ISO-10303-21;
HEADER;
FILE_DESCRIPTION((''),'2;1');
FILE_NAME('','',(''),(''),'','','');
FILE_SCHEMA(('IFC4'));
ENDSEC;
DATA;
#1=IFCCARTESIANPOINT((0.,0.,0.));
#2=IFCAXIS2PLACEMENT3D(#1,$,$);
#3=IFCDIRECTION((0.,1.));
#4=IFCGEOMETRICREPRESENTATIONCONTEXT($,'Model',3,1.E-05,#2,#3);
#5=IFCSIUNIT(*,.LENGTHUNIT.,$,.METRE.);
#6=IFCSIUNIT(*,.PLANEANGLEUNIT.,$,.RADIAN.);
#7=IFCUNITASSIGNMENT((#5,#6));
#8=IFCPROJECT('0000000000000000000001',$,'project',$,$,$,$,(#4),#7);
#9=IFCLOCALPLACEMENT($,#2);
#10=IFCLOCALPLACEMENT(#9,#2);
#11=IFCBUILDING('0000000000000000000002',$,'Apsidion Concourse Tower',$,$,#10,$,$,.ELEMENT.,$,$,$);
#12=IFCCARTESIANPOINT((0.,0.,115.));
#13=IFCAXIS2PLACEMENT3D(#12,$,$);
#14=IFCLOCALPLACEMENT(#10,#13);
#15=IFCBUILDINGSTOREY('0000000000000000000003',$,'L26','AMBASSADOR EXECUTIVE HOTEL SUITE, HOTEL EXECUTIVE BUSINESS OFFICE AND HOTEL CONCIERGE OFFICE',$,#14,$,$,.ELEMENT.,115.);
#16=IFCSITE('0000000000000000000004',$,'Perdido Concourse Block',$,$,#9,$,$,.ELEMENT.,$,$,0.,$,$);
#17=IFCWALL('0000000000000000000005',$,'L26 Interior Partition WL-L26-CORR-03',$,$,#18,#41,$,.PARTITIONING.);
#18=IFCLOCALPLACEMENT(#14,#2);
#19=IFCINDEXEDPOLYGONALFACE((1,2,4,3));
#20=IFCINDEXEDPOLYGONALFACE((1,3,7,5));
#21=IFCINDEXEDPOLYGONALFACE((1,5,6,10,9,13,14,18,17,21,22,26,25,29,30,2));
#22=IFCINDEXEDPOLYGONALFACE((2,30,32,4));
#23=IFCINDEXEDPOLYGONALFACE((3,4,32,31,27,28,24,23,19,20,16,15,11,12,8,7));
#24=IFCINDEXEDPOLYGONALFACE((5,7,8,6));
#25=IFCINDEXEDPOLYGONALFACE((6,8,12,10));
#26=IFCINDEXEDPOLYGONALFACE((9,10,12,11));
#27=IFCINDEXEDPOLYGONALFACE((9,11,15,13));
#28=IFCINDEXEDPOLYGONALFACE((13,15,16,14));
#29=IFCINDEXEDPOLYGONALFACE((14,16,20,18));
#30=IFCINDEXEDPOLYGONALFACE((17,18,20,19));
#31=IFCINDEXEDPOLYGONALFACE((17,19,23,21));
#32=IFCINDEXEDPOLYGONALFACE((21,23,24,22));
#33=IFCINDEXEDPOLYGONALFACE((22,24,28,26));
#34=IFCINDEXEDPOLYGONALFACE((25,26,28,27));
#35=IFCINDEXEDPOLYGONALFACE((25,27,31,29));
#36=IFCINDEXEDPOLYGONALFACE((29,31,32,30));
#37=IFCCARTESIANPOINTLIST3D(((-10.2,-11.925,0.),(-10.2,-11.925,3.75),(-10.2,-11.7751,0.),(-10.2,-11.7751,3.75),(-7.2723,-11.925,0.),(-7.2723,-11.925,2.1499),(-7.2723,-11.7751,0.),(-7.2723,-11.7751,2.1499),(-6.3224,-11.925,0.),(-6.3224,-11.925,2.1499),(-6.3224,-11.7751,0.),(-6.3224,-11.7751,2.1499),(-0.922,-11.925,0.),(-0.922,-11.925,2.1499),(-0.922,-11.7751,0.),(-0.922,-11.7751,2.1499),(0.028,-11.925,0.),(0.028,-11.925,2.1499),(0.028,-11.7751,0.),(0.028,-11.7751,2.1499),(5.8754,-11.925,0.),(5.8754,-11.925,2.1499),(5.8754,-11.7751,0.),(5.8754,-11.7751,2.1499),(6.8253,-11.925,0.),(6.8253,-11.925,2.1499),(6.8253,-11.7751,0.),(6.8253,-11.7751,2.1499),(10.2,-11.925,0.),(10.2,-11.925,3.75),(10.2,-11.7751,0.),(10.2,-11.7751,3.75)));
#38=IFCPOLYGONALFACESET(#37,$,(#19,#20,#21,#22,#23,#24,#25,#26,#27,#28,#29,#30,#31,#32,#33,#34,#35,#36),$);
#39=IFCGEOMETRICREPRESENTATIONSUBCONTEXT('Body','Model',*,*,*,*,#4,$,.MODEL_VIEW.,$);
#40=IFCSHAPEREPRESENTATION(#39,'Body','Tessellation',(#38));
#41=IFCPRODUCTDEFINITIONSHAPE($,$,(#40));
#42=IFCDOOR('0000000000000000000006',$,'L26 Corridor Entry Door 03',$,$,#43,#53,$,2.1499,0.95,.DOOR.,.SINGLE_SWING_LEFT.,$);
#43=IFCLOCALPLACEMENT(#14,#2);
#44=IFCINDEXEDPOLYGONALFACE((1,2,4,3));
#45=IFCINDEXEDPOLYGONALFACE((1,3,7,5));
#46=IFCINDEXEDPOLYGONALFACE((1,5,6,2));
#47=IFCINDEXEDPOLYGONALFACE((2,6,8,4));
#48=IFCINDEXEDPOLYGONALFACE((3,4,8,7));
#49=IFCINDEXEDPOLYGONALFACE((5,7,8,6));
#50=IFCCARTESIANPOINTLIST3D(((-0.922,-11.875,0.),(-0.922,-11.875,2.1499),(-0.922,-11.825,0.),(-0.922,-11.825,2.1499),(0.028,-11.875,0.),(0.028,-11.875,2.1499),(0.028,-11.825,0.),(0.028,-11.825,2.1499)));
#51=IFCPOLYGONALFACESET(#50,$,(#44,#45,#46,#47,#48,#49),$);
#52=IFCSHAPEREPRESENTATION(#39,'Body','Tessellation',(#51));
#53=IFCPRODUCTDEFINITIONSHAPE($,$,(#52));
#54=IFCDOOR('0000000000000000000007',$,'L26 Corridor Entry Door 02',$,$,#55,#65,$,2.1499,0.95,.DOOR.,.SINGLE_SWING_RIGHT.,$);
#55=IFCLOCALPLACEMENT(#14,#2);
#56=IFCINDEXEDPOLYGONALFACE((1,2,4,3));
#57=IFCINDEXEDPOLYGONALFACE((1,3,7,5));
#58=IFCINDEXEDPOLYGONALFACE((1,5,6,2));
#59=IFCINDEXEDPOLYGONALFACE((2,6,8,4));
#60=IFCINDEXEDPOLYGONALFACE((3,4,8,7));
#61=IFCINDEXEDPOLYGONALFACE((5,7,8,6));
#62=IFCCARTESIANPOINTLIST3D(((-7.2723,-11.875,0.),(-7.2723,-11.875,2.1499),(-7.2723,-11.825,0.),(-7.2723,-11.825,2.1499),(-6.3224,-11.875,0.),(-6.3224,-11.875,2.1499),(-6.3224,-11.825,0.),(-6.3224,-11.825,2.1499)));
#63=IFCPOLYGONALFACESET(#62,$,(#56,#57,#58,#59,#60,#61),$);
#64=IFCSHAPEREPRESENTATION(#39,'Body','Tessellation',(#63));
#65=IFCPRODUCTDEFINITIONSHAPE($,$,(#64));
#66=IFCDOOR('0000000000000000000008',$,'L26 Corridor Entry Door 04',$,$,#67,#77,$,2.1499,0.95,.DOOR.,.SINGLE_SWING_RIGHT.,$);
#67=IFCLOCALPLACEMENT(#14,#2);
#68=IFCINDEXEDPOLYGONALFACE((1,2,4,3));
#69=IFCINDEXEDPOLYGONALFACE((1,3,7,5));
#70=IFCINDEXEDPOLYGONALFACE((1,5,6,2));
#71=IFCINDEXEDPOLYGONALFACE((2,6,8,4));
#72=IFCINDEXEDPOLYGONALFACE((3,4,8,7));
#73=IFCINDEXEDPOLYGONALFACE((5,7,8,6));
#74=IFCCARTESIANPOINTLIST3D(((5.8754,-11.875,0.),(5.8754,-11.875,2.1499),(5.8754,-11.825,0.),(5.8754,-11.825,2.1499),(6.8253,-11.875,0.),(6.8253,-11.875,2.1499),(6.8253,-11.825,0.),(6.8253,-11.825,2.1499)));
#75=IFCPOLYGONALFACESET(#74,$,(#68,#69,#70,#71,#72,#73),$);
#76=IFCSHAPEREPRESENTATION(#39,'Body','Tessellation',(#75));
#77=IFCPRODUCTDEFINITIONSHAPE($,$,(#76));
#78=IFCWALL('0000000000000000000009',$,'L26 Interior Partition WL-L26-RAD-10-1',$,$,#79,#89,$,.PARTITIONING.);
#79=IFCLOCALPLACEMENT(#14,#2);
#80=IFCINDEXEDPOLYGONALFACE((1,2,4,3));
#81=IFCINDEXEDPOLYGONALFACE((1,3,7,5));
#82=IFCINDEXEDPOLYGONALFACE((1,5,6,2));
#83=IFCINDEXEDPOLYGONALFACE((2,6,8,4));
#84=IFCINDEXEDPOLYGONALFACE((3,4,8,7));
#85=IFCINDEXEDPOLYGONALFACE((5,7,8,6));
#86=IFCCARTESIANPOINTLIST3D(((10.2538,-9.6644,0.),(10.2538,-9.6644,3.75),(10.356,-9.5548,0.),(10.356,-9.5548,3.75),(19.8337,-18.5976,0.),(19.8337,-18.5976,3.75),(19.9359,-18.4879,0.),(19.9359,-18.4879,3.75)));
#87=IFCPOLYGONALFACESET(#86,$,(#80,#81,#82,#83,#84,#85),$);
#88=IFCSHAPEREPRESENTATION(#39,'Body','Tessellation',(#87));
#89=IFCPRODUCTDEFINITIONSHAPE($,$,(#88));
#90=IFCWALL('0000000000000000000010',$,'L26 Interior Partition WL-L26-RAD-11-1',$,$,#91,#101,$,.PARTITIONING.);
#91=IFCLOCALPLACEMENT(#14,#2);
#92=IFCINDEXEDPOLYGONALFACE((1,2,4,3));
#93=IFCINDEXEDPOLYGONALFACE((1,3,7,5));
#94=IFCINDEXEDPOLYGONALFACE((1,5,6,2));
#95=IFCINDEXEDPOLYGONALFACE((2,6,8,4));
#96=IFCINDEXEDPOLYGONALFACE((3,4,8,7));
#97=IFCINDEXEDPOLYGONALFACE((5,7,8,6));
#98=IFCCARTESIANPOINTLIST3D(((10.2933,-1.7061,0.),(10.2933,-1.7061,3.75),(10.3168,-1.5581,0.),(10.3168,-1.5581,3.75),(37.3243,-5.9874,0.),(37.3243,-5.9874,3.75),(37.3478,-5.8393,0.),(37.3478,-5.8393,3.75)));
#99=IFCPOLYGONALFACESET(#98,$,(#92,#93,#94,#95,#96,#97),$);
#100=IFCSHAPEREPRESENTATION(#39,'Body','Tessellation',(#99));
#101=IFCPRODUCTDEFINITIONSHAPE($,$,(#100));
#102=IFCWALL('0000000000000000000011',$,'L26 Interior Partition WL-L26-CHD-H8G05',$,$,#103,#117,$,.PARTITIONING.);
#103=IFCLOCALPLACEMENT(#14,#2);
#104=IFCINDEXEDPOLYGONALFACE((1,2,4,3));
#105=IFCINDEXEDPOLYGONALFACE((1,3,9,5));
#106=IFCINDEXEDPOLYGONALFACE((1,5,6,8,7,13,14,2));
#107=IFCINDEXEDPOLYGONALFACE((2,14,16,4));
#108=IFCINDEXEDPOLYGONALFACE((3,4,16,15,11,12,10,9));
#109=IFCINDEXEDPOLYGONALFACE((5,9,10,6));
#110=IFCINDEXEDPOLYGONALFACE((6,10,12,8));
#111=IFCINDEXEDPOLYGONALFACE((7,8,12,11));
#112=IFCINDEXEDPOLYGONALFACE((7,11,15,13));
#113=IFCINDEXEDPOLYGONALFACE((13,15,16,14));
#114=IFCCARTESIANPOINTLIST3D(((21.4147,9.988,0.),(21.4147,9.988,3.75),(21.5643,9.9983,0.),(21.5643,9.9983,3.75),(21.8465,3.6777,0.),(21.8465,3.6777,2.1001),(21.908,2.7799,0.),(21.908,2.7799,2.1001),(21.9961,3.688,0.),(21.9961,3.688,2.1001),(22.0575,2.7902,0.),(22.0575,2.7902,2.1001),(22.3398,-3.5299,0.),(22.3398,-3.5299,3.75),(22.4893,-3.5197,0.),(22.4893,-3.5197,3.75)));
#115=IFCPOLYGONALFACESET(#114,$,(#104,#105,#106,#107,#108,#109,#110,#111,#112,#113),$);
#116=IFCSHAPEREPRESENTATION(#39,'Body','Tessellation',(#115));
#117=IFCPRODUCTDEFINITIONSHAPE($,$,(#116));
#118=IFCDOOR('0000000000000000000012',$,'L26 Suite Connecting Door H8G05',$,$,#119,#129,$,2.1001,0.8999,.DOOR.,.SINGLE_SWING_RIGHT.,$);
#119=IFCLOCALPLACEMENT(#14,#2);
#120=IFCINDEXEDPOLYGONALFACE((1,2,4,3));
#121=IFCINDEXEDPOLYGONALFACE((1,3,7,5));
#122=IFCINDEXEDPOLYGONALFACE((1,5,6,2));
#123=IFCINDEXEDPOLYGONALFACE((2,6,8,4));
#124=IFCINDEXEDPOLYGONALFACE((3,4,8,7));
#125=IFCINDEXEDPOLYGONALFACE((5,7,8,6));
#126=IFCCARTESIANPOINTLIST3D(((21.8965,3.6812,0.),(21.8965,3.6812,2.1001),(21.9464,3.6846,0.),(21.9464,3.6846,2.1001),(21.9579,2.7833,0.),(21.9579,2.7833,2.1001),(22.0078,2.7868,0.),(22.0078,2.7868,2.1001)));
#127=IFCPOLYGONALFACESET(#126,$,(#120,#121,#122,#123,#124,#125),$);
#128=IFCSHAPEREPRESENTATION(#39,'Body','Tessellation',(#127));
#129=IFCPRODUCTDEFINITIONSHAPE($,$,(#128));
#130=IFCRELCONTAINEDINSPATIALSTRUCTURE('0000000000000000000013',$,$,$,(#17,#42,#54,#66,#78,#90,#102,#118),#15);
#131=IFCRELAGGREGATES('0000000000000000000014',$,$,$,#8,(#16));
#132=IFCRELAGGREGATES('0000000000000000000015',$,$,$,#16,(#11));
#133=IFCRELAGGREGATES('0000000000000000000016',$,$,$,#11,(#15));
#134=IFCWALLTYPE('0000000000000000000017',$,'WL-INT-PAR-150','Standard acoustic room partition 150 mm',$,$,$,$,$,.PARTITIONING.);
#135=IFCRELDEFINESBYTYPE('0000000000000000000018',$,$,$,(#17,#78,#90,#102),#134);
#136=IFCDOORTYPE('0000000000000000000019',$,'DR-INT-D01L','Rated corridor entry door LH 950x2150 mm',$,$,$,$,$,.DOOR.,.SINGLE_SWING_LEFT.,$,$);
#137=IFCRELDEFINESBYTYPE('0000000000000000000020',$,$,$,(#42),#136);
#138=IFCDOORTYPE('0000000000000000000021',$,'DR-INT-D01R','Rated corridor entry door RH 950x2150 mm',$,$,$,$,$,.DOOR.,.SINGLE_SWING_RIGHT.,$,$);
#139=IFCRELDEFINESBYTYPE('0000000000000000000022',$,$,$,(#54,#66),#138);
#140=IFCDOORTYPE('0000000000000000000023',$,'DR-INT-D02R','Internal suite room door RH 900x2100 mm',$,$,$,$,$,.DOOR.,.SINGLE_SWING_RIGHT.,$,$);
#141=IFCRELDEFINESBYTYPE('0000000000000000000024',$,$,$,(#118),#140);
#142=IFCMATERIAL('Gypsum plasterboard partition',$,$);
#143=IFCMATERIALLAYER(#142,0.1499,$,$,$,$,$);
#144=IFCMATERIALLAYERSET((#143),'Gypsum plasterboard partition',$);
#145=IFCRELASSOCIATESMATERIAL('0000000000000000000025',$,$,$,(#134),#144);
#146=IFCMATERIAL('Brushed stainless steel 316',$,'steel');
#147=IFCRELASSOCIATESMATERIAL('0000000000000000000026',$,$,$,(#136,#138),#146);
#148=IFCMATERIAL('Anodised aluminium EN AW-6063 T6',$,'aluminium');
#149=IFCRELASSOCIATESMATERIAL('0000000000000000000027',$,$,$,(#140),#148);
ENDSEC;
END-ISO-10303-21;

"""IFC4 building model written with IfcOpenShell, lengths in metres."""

from ifc_helpers import new_model, si_unit, direction, frame, frame_2d, origin, place, context, subcontext, project, spatial, rectangle, extrude, material, layer, layer_set, type_object, element, fill, save


model = new_model("IFC4")

# Units and contexts
model_context = context("Model", 3, precision=1e-05, world=origin(), true_north=direction((0.0, 1.0)))
body_context = subcontext(model_context, "Body", "Model", "MODEL_VIEW")
ifc_project = project(units=[si_unit("LENGTHUNIT", "METRE"), si_unit("PLANEANGLEUNIT", "RADIAN")], contexts=[model_context])

# Site, building, storey
site_placement = place(None, origin())
site = spatial("IfcSite", under=ifc_project, at=site_placement, Name="Perdido Concourse Block", CompositionType="ELEMENT", RefElevation=0.0)
building_placement = place(site_placement, origin())
building = spatial("IfcBuilding", under=site, at=building_placement, Name="Apsidion Concourse Tower", CompositionType="ELEMENT")
storey_placement = place(building_placement, frame((0.0, 0.0, 115.0)))
storey = spatial("IfcBuildingStorey", under=building, at=storey_placement, Name="L26", Description="AMBASSADOR EXECUTIVE HOTEL SUITE, HOTEL EXECUTIVE BUSINESS OFFICE AND HOTEL CONCIERGE OFFICE", CompositionType="ELEMENT", Elevation=115.0)

# Shared definitions
ifc_material_1 = material(Name="Anodised aluminium EN AW-6063 T6", Category="aluminium")

# Wall, openings, doors
ifc_material_2 = material(Name="Gypsum plasterboard partition")
ifc_layer_1 = layer(ifc_material_2, 0.1499)
ifc_layer_set_1 = layer_set([ifc_layer_1], Name="Gypsum plasterboard partition")
wall_type_1 = type_object("IfcWallType", Name="WL-INT-PAR-150", Description="Standard acoustic room partition 150 mm", PredefinedType="PARTITIONING", material=ifc_layer_set_1)
wall_1_placement = place(storey_placement, frame((10.2, -11.8501, 0.0), z_axis=(0.0, 0.0, 1.0), x_axis=(-1.0, 0.0, 0.0)))
wall_1 = element("IfcWall", 1, at=wall_1_placement, inside=storey, type_object=wall_type_1, Name="L26 Interior Partition WL-L26-CORR-03", PredefinedType="PARTITIONING", context=body_context, shape_type="SweptSolid", body=[
    extrude(rectangle(XDim=20.3999, YDim=0.1499, at=frame_2d((10.2, 0.0))), origin(), (0.0, 0.0, 1.0), 3.75),
])
opening_1_placement = place(wall_1_placement, frame((16.5222, 0.0, 0.0)))
opening_1 = element("IfcOpeningElement", 2, at=opening_1_placement, cuts=wall_1, PredefinedType="OPENING", context=body_context, shape_type="SweptSolid", body=[
    extrude(rectangle(XDim=0.95, YDim=2.1499, at=frame_2d((0.4751, 1.075))), frame((0.0, 0.085, 0.0), z_axis=(0.0, -1.0, 0.0), x_axis=(1.0, 0.0, 0.0)), (0.0, 0.0, 1.0), 0.1699),
])
opening_2_placement = place(wall_1_placement, frame((10.1719, 0.0, 0.0)))
opening_2 = element("IfcOpeningElement", 3, at=opening_2_placement, cuts=wall_1, PredefinedType="OPENING", context=body_context, shape_type="SweptSolid", body=[
    extrude(rectangle(XDim=0.95, YDim=2.1499, at=frame_2d((0.4751, 1.075))), frame((0.0, 0.085, 0.0), z_axis=(0.0, -1.0, 0.0), x_axis=(1.0, 0.0, 0.0)), (0.0, 0.0, 1.0), 0.1699),
])
opening_3_placement = place(wall_1_placement, frame((3.3745, 0.0, 0.0)))
opening_3 = element("IfcOpeningElement", 4, at=opening_3_placement, cuts=wall_1, PredefinedType="OPENING", context=body_context, shape_type="SweptSolid", body=[
    extrude(rectangle(XDim=0.95, YDim=2.1499, at=frame_2d((0.4751, 1.075))), frame((0.0, 0.085, 0.0), z_axis=(0.0, -1.0, 0.0), x_axis=(1.0, 0.0, 0.0)), (0.0, 0.0, 1.0), 0.1699),
])
ifc_material_3 = material(Name="Brushed stainless steel 316", Category="steel")
door_type_1 = type_object("IfcDoorType", Name="DR-INT-D01L", Description="Rated corridor entry door LH 950x2150 mm", OperationType="SINGLE_SWING_LEFT", PredefinedType="DOOR", material=ifc_material_3)
door_1_placement = place(opening_2_placement, origin())
door_1 = element("IfcDoor", 5, at=door_1_placement, inside=storey, type_object=door_type_1, Name="L26 Corridor Entry Door 03", OperationType="SINGLE_SWING_LEFT", OverallHeight=2.1499, OverallWidth=0.95, PredefinedType="DOOR", context=body_context, shape_type="SweptSolid", body=[
    extrude(rectangle(XDim=0.95, YDim=2.1499, at=frame_2d((0.4751, 1.075))), frame((0.0, 0.0249, 0.0), z_axis=(0.0, -1.0, 0.0), x_axis=(1.0, 0.0, 0.0)), (0.0, 0.0, 1.0), 0.05),
])
fill(opening_2, door_1)
door_type_2 = type_object("IfcDoorType", Name="DR-INT-D01R", Description="Rated corridor entry door RH 950x2150 mm", OperationType="SINGLE_SWING_RIGHT", PredefinedType="DOOR", material=ifc_material_3)
door_2_placement = place(opening_1_placement, origin())
door_2 = element("IfcDoor", 6, at=door_2_placement, inside=storey, type_object=door_type_2, Name="L26 Corridor Entry Door 02", OperationType="SINGLE_SWING_RIGHT", OverallHeight=2.1499, OverallWidth=0.95, PredefinedType="DOOR", context=body_context, shape_type="SweptSolid", body=[
    extrude(rectangle(XDim=0.95, YDim=2.1499, at=frame_2d((0.4751, 1.075))), frame((0.0, 0.0249, 0.0), z_axis=(0.0, -1.0, 0.0), x_axis=(1.0, 0.0, 0.0)), (0.0, 0.0, 1.0), 0.05),
])
fill(opening_1, door_2)
door_3_placement = place(opening_3_placement, origin())
door_3 = element("IfcDoor", 7, at=door_3_placement, inside=storey, type_object=door_type_2, Name="L26 Corridor Entry Door 04", OperationType="SINGLE_SWING_RIGHT", OverallHeight=2.1499, OverallWidth=0.95, PredefinedType="DOOR", context=body_context, shape_type="SweptSolid", body=[
    extrude(rectangle(XDim=0.95, YDim=2.1499, at=frame_2d((0.4751, 1.075))), frame((0.0, 0.0249, 0.0), z_axis=(0.0, -1.0, 0.0), x_axis=(1.0, 0.0, 0.0)), (0.0, 0.0, 1.0), 0.05),
])
fill(opening_3, door_3)

# Walls
wall_2_placement = place(storey_placement, frame((10.3049, -9.6096, 0.0), z_axis=(0.0, 0.0, 1.0), x_axis=(0.731363, -0.681989, 0.0)))
element("IfcWall", 8, at=wall_2_placement, inside=storey, type_object=wall_type_1, Name="L26 Interior Partition WL-L26-RAD-10-1", PredefinedType="PARTITIONING", context=body_context, shape_type="SweptSolid", body=[
    extrude(rectangle(XDim=13.0986, YDim=0.1499, at=frame_2d((6.5493, 0.0))), origin(), (0.0, 0.0, 1.0), 3.75),
])
wall_3_placement = place(storey_placement, frame((10.3049, -1.6321, 0.0), z_axis=(0.0, 0.0, 1.0), x_axis=(0.987689, -0.156433, 0.0)))
element("IfcWall", 9, at=wall_3_placement, inside=storey, type_object=wall_type_1, Name="L26 Interior Partition WL-L26-RAD-11-1", PredefinedType="PARTITIONING", context=body_context, shape_type="SweptSolid", body=[
    extrude(rectangle(XDim=27.3679, YDim=0.1499, at=frame_2d((13.6841, 0.0))), origin(), (0.0, 0.0, 1.0), 3.75),
])

# Wall, opening, door
wall_4_placement = place(storey_placement, frame((22.4146, -3.5249, 0.0), z_axis=(0.0, 0.0, 1.0), x_axis=(-0.068271, 0.997667, 0.0)))
wall_4 = element("IfcWall", 10, at=wall_4_placement, inside=storey, type_object=wall_type_1, Name="L26 Interior Partition WL-L26-CHD-H8G05", PredefinedType="PARTITIONING", context=body_context, shape_type="SweptSolid", body=[
    extrude(rectangle(XDim=13.5496, YDim=0.1499, at=frame_2d((6.7749, 0.0))), origin(), (0.0, 0.0, 1.0), 3.75),
])
opening_4_placement = place(wall_4_placement, frame((6.3247, 0.0, 0.0)))
opening_4 = element("IfcOpeningElement", 11, at=opening_4_placement, cuts=wall_4, PredefinedType="OPENING", context=body_context, shape_type="SweptSolid", body=[
    extrude(rectangle(XDim=0.8999, YDim=2.1001, at=frame_2d((0.45, 1.05))), frame((0.0, 0.085, 0.0), z_axis=(0.0, -1.0, 0.0), x_axis=(1.0, 0.0, 0.0)), (0.0, 0.0, 1.0), 0.1699),
])
door_type_3 = type_object("IfcDoorType", Name="DR-INT-D02R", Description="Internal suite room door RH 900x2100 mm", OperationType="SINGLE_SWING_RIGHT", PredefinedType="DOOR", material=ifc_material_1)
door_4_placement = place(opening_4_placement, origin())
door_4 = element("IfcDoor", 12, at=door_4_placement, inside=storey, type_object=door_type_3, Name="L26 Suite Connecting Door H8G05", OperationType="SINGLE_SWING_RIGHT", OverallHeight=2.1001, OverallWidth=0.8999, PredefinedType="DOOR", context=body_context, shape_type="SweptSolid", body=[
    extrude(rectangle(XDim=0.8999, YDim=2.1001, at=frame_2d((0.45, 1.05))), frame((0.0, 0.0249, 0.0), z_axis=(0.0, -1.0, 0.0), x_axis=(1.0, 0.0, 0.0)), (0.0, 0.0, 1.0), 0.05),
])
fill(opening_4, door_4)

save(model, "model.ifc")
